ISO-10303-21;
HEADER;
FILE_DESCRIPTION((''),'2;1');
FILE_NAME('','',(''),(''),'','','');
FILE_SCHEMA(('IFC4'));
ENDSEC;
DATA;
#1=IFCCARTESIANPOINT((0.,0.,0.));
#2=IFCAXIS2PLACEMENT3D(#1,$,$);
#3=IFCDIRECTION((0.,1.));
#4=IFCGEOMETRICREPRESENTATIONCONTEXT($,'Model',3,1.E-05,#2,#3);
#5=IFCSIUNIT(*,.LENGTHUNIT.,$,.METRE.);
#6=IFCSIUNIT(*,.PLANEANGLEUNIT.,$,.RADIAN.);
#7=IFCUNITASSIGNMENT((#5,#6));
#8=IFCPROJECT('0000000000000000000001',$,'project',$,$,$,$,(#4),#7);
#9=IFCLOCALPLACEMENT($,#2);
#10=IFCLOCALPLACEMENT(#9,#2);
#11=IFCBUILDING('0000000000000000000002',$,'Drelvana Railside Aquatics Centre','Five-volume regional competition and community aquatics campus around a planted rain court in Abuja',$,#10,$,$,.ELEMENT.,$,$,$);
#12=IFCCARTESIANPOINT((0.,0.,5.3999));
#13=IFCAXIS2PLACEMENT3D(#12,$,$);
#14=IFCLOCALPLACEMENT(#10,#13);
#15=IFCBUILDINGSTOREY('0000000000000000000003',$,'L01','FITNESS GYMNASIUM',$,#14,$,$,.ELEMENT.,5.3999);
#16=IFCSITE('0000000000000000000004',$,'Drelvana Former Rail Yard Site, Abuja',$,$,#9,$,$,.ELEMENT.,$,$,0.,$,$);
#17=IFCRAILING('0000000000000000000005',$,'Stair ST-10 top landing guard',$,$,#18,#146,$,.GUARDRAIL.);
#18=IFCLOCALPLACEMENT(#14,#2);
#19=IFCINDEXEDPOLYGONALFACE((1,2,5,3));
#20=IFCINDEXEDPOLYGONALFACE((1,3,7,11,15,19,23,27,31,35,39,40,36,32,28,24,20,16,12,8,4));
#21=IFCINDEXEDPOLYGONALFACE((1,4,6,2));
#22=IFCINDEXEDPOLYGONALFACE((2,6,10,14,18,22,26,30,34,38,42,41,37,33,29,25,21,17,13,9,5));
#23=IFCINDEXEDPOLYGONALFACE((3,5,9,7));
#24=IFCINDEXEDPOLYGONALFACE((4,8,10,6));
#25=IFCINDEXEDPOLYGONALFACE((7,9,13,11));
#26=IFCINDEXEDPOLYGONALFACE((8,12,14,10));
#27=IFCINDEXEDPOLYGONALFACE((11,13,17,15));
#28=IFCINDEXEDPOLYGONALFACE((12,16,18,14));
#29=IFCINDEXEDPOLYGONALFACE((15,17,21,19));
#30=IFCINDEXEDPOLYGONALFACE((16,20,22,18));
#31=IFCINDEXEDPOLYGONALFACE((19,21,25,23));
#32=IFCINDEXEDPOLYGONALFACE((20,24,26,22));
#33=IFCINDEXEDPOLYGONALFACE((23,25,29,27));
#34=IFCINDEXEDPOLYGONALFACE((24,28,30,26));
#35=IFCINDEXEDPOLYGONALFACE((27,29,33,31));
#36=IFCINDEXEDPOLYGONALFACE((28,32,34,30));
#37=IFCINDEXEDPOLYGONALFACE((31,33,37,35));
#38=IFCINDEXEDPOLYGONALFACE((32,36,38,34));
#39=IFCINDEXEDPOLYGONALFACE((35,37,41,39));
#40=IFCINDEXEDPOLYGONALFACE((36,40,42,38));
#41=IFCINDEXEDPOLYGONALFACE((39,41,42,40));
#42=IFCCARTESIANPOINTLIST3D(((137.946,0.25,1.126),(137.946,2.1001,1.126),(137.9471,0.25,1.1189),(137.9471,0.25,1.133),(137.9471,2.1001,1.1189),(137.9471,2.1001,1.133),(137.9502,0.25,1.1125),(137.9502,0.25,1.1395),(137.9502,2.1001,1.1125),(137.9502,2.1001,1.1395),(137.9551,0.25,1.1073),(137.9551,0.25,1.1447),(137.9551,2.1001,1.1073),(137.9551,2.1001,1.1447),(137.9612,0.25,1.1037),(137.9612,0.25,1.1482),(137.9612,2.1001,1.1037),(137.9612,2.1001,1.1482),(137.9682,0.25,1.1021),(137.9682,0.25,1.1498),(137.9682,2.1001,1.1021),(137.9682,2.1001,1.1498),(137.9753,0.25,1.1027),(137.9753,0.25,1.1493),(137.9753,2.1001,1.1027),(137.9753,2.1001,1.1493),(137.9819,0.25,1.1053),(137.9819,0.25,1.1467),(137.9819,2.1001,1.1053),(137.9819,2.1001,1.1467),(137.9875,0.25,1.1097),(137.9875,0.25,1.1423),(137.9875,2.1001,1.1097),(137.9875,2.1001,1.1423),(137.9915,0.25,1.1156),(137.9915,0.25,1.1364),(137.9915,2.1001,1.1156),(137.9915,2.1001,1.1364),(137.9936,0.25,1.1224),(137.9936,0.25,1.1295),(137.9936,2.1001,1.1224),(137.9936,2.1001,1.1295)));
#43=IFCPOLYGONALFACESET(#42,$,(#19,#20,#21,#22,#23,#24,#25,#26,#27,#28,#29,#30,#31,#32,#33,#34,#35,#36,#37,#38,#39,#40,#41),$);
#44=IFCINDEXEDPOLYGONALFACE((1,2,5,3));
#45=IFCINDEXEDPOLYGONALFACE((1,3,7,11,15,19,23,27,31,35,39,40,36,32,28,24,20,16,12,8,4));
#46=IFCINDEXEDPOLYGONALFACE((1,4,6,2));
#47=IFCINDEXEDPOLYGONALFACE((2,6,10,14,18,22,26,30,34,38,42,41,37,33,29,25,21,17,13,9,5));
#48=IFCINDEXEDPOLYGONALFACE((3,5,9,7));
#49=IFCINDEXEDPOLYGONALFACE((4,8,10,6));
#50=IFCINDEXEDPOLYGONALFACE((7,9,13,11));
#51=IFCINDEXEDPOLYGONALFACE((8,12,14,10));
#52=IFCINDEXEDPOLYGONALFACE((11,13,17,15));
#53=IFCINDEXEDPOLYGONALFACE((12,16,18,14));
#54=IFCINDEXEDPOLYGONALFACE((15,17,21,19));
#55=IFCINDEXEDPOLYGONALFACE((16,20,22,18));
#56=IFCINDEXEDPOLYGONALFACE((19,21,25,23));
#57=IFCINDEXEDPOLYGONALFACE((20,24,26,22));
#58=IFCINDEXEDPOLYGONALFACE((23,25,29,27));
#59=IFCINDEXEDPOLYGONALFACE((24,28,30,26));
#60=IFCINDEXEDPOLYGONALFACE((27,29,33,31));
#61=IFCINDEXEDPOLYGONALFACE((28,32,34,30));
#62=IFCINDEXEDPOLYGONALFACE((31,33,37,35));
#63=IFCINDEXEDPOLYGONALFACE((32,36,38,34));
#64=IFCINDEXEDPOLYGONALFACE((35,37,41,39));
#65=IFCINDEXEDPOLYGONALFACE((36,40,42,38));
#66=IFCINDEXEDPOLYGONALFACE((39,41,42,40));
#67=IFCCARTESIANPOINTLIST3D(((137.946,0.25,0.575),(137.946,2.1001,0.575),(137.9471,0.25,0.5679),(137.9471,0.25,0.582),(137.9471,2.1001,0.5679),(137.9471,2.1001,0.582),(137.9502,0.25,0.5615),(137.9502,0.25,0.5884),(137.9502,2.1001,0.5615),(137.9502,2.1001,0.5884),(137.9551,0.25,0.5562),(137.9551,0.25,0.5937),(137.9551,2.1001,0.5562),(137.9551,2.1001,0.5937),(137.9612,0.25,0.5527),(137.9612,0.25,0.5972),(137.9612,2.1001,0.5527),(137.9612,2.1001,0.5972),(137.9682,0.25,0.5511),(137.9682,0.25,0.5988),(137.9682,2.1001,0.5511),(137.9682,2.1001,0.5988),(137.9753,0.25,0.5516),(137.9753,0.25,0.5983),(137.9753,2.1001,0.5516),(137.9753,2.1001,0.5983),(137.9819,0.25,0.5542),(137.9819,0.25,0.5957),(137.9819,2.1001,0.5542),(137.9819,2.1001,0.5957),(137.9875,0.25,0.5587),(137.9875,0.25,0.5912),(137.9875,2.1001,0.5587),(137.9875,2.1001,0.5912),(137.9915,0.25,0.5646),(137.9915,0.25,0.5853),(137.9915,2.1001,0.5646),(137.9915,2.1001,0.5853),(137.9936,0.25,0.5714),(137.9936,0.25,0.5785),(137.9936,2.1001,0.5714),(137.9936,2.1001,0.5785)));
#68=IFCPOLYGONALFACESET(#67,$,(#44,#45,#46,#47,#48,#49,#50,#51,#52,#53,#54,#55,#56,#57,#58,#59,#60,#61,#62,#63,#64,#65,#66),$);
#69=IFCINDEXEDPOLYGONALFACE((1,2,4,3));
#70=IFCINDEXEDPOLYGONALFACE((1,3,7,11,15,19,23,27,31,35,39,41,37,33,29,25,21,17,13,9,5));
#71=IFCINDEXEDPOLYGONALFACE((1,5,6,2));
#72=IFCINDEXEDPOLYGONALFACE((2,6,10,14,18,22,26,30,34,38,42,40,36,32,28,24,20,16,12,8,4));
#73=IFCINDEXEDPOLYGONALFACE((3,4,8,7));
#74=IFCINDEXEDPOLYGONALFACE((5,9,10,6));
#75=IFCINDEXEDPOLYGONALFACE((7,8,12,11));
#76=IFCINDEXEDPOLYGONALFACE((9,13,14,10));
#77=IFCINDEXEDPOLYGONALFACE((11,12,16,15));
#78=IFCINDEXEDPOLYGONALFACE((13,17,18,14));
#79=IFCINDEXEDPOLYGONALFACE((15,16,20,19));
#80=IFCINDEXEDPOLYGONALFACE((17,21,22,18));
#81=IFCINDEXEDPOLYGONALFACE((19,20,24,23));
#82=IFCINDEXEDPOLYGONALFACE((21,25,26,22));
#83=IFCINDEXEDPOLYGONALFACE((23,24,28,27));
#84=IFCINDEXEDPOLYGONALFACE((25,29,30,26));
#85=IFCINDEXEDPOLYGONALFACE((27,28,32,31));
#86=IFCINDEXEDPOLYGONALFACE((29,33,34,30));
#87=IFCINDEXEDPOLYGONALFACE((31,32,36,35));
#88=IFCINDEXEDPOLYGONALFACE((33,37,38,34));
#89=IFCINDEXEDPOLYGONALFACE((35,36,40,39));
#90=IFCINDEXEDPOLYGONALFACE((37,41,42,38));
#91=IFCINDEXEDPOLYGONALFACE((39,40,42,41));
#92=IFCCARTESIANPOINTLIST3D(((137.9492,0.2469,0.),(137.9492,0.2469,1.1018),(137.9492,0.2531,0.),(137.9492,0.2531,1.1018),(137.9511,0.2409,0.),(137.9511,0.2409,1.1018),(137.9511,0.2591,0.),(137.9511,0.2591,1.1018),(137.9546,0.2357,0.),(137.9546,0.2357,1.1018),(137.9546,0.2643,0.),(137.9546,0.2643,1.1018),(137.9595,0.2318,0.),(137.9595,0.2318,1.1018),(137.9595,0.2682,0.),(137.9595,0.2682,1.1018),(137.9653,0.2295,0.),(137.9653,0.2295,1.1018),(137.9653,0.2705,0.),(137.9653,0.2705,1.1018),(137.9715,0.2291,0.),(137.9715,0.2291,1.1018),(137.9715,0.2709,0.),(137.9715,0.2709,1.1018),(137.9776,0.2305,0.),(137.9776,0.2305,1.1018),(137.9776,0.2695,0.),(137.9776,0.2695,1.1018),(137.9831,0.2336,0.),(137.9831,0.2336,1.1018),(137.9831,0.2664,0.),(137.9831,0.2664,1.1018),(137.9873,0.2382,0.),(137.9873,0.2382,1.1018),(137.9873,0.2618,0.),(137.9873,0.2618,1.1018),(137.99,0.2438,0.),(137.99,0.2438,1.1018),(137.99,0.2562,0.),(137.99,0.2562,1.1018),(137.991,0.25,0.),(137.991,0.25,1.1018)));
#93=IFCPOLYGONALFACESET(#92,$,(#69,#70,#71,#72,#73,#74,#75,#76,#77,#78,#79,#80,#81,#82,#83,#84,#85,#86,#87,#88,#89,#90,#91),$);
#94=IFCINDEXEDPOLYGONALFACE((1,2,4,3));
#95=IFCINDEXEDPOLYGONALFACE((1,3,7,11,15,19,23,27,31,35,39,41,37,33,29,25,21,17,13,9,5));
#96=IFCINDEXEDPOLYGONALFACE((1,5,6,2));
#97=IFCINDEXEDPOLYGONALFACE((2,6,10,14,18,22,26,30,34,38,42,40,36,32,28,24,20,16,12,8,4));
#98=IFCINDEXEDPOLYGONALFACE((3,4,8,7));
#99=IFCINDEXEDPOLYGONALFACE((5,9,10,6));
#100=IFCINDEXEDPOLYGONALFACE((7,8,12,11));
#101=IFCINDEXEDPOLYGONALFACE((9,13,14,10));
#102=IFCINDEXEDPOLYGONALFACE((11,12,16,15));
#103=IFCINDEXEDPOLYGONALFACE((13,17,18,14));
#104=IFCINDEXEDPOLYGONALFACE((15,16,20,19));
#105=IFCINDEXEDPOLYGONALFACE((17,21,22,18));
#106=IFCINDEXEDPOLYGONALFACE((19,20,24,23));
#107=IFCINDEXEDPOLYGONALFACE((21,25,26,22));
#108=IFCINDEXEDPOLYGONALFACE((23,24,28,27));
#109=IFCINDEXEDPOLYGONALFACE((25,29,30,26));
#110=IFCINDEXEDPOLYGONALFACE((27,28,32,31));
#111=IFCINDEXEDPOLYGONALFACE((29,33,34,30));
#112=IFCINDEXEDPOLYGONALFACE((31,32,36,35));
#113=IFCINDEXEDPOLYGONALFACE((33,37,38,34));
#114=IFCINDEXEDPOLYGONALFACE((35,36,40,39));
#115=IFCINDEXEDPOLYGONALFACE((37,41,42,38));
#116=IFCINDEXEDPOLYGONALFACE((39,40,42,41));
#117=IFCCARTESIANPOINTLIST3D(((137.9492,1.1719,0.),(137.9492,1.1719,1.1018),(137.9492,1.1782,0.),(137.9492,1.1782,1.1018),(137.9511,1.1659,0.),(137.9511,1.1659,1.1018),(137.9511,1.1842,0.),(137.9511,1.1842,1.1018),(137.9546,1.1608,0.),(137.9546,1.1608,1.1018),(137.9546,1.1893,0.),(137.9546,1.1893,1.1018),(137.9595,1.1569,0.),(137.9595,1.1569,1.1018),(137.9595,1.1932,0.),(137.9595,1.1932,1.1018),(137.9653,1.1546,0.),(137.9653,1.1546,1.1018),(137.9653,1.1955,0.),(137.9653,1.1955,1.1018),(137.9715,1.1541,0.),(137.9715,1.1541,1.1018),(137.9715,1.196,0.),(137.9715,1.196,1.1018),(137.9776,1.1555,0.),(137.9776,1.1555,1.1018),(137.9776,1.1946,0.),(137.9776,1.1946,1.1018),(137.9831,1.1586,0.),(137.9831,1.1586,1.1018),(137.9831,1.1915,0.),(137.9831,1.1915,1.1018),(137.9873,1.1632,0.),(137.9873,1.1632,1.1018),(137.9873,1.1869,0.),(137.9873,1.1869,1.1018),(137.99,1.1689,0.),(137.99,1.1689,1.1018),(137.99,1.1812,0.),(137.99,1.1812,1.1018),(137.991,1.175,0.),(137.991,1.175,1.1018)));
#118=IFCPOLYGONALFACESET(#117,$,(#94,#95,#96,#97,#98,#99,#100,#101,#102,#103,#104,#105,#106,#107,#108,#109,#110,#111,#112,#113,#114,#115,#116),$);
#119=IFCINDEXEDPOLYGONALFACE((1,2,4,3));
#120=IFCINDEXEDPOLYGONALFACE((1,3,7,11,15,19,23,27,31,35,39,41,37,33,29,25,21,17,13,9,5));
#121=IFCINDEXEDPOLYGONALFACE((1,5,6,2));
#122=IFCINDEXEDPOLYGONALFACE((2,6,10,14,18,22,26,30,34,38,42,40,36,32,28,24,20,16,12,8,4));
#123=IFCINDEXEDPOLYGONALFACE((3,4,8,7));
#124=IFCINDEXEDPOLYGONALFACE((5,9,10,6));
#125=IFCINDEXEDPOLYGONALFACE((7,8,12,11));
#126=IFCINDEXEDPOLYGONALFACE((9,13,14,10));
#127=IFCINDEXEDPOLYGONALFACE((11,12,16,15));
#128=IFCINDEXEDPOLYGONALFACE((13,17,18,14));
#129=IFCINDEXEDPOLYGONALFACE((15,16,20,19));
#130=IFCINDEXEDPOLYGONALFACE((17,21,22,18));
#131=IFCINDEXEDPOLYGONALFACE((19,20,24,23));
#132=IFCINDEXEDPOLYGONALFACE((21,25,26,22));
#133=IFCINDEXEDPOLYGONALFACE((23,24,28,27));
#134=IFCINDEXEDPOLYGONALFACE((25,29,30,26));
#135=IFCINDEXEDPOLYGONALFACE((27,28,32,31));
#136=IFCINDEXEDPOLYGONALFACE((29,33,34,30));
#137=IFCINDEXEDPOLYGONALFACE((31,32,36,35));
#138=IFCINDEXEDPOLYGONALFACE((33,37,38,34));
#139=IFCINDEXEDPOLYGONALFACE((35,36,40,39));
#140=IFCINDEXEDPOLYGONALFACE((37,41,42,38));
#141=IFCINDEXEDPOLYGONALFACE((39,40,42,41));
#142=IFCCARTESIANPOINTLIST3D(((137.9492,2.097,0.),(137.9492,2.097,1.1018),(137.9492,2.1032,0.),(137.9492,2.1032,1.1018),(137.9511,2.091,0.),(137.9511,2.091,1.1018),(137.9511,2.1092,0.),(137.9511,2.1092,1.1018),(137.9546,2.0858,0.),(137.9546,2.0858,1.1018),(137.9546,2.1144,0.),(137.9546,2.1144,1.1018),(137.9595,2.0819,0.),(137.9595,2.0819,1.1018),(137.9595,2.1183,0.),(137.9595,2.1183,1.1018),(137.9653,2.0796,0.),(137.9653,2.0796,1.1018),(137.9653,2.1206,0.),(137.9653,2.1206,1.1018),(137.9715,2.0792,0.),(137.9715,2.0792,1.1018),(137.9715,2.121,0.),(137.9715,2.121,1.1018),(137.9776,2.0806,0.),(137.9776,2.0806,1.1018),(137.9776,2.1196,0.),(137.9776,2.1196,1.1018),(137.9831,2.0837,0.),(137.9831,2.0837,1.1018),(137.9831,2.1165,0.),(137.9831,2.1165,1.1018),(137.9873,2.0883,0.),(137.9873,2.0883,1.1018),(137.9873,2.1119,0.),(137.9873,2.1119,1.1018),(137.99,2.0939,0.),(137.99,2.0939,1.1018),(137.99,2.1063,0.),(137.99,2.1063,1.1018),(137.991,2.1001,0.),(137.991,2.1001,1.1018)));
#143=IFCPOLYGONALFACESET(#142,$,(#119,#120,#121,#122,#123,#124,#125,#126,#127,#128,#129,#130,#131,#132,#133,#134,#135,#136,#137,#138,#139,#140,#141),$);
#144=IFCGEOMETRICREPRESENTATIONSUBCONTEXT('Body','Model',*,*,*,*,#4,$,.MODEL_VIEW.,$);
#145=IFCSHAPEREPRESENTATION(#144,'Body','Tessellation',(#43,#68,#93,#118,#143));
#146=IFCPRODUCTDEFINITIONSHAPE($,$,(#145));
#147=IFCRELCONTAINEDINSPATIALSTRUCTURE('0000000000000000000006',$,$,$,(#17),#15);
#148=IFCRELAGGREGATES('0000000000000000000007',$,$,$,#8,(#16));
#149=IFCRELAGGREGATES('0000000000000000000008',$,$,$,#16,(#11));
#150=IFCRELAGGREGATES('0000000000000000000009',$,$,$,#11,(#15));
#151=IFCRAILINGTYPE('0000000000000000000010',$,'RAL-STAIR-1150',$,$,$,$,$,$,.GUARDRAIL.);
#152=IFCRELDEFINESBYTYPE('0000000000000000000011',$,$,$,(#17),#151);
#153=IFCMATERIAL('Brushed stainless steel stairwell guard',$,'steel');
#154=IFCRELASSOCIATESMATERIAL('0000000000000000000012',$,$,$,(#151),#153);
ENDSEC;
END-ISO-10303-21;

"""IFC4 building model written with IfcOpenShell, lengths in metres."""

from ifc_helpers import new_model, si_unit, direction, frame, origin, origin_2d, place, context, subcontext, project, spatial, circle, extrude, material, type_object, element, save


model = new_model("IFC4")

# Units and contexts
model_context = context("Model", 3, precision=1e-05, world=origin(), true_north=direction((0.0, 1.0)))
body_context = subcontext(model_context, "Body", "Model", "MODEL_VIEW")
ifc_project = project(units=[si_unit("LENGTHUNIT", "METRE"), si_unit("PLANEANGLEUNIT", "RADIAN")], contexts=[model_context])

# Site, building, storey
site_placement = place(None, origin())
site = spatial("IfcSite", under=ifc_project, at=site_placement, Name="Drelvana Former Rail Yard Site, Abuja", CompositionType="ELEMENT", RefElevation=0.0)
building_placement = place(site_placement, origin())
building = spatial("IfcBuilding", under=site, at=building_placement, Name="Drelvana Railside Aquatics Centre", Description="Five-volume regional competition and community aquatics campus around a planted rain court in Abuja", CompositionType="ELEMENT")
storey_placement = place(building_placement, frame((0.0, 0.0, 5.3999)))
storey = spatial("IfcBuildingStorey", under=building, at=storey_placement, Name="L01", Description="FITNESS GYMNASIUM", CompositionType="ELEMENT", Elevation=5.3999)

# Railing
ifc_material_1 = material(Name="Brushed stainless steel stairwell guard", Category="steel")
railing_type_1 = type_object("IfcRailingType", Name="RAL-STAIR-1150", PredefinedType="GUARDRAIL", material=ifc_material_1)
railing_1_placement = place(storey_placement, frame((137.97, 0.25, 0.0)))
element("IfcRailing", 1, at=railing_1_placement, inside=storey, type_object=railing_type_1, Name="Stair ST-10 top landing guard", PredefinedType="GUARDRAIL", context=body_context, shape_type="SweptSolid", body=[
    extrude(circle(Radius=0.0239, at=origin_2d()), frame((0.0, 0.0, 1.126), z_axis=(0.0, 1.0, 0.0), x_axis=(-1.0, 0.0, 0.0)), (0.0, 0.0, 1.0), 1.8501),
    extrude(circle(Radius=0.0239, at=origin_2d()), frame((0.0, 0.0, 0.575), z_axis=(0.0, 1.0, 0.0), x_axis=(-1.0, 0.0, 0.0)), (0.0, 0.0, 1.0), 1.8501),
    extrude(circle(Radius=0.021, at=origin_2d()), origin(), (0.0, 0.0, 1.0), 1.1018),
    extrude(circle(Radius=0.021, at=origin_2d()), frame((0.0, 0.925, 0.0)), (0.0, 0.0, 1.0), 1.1018),
    extrude(circle(Radius=0.021, at=origin_2d()), frame((0.0, 1.8501, 0.0)), (0.0, 0.0, 1.0), 1.1018),
])

save(model, "model.ifc")
